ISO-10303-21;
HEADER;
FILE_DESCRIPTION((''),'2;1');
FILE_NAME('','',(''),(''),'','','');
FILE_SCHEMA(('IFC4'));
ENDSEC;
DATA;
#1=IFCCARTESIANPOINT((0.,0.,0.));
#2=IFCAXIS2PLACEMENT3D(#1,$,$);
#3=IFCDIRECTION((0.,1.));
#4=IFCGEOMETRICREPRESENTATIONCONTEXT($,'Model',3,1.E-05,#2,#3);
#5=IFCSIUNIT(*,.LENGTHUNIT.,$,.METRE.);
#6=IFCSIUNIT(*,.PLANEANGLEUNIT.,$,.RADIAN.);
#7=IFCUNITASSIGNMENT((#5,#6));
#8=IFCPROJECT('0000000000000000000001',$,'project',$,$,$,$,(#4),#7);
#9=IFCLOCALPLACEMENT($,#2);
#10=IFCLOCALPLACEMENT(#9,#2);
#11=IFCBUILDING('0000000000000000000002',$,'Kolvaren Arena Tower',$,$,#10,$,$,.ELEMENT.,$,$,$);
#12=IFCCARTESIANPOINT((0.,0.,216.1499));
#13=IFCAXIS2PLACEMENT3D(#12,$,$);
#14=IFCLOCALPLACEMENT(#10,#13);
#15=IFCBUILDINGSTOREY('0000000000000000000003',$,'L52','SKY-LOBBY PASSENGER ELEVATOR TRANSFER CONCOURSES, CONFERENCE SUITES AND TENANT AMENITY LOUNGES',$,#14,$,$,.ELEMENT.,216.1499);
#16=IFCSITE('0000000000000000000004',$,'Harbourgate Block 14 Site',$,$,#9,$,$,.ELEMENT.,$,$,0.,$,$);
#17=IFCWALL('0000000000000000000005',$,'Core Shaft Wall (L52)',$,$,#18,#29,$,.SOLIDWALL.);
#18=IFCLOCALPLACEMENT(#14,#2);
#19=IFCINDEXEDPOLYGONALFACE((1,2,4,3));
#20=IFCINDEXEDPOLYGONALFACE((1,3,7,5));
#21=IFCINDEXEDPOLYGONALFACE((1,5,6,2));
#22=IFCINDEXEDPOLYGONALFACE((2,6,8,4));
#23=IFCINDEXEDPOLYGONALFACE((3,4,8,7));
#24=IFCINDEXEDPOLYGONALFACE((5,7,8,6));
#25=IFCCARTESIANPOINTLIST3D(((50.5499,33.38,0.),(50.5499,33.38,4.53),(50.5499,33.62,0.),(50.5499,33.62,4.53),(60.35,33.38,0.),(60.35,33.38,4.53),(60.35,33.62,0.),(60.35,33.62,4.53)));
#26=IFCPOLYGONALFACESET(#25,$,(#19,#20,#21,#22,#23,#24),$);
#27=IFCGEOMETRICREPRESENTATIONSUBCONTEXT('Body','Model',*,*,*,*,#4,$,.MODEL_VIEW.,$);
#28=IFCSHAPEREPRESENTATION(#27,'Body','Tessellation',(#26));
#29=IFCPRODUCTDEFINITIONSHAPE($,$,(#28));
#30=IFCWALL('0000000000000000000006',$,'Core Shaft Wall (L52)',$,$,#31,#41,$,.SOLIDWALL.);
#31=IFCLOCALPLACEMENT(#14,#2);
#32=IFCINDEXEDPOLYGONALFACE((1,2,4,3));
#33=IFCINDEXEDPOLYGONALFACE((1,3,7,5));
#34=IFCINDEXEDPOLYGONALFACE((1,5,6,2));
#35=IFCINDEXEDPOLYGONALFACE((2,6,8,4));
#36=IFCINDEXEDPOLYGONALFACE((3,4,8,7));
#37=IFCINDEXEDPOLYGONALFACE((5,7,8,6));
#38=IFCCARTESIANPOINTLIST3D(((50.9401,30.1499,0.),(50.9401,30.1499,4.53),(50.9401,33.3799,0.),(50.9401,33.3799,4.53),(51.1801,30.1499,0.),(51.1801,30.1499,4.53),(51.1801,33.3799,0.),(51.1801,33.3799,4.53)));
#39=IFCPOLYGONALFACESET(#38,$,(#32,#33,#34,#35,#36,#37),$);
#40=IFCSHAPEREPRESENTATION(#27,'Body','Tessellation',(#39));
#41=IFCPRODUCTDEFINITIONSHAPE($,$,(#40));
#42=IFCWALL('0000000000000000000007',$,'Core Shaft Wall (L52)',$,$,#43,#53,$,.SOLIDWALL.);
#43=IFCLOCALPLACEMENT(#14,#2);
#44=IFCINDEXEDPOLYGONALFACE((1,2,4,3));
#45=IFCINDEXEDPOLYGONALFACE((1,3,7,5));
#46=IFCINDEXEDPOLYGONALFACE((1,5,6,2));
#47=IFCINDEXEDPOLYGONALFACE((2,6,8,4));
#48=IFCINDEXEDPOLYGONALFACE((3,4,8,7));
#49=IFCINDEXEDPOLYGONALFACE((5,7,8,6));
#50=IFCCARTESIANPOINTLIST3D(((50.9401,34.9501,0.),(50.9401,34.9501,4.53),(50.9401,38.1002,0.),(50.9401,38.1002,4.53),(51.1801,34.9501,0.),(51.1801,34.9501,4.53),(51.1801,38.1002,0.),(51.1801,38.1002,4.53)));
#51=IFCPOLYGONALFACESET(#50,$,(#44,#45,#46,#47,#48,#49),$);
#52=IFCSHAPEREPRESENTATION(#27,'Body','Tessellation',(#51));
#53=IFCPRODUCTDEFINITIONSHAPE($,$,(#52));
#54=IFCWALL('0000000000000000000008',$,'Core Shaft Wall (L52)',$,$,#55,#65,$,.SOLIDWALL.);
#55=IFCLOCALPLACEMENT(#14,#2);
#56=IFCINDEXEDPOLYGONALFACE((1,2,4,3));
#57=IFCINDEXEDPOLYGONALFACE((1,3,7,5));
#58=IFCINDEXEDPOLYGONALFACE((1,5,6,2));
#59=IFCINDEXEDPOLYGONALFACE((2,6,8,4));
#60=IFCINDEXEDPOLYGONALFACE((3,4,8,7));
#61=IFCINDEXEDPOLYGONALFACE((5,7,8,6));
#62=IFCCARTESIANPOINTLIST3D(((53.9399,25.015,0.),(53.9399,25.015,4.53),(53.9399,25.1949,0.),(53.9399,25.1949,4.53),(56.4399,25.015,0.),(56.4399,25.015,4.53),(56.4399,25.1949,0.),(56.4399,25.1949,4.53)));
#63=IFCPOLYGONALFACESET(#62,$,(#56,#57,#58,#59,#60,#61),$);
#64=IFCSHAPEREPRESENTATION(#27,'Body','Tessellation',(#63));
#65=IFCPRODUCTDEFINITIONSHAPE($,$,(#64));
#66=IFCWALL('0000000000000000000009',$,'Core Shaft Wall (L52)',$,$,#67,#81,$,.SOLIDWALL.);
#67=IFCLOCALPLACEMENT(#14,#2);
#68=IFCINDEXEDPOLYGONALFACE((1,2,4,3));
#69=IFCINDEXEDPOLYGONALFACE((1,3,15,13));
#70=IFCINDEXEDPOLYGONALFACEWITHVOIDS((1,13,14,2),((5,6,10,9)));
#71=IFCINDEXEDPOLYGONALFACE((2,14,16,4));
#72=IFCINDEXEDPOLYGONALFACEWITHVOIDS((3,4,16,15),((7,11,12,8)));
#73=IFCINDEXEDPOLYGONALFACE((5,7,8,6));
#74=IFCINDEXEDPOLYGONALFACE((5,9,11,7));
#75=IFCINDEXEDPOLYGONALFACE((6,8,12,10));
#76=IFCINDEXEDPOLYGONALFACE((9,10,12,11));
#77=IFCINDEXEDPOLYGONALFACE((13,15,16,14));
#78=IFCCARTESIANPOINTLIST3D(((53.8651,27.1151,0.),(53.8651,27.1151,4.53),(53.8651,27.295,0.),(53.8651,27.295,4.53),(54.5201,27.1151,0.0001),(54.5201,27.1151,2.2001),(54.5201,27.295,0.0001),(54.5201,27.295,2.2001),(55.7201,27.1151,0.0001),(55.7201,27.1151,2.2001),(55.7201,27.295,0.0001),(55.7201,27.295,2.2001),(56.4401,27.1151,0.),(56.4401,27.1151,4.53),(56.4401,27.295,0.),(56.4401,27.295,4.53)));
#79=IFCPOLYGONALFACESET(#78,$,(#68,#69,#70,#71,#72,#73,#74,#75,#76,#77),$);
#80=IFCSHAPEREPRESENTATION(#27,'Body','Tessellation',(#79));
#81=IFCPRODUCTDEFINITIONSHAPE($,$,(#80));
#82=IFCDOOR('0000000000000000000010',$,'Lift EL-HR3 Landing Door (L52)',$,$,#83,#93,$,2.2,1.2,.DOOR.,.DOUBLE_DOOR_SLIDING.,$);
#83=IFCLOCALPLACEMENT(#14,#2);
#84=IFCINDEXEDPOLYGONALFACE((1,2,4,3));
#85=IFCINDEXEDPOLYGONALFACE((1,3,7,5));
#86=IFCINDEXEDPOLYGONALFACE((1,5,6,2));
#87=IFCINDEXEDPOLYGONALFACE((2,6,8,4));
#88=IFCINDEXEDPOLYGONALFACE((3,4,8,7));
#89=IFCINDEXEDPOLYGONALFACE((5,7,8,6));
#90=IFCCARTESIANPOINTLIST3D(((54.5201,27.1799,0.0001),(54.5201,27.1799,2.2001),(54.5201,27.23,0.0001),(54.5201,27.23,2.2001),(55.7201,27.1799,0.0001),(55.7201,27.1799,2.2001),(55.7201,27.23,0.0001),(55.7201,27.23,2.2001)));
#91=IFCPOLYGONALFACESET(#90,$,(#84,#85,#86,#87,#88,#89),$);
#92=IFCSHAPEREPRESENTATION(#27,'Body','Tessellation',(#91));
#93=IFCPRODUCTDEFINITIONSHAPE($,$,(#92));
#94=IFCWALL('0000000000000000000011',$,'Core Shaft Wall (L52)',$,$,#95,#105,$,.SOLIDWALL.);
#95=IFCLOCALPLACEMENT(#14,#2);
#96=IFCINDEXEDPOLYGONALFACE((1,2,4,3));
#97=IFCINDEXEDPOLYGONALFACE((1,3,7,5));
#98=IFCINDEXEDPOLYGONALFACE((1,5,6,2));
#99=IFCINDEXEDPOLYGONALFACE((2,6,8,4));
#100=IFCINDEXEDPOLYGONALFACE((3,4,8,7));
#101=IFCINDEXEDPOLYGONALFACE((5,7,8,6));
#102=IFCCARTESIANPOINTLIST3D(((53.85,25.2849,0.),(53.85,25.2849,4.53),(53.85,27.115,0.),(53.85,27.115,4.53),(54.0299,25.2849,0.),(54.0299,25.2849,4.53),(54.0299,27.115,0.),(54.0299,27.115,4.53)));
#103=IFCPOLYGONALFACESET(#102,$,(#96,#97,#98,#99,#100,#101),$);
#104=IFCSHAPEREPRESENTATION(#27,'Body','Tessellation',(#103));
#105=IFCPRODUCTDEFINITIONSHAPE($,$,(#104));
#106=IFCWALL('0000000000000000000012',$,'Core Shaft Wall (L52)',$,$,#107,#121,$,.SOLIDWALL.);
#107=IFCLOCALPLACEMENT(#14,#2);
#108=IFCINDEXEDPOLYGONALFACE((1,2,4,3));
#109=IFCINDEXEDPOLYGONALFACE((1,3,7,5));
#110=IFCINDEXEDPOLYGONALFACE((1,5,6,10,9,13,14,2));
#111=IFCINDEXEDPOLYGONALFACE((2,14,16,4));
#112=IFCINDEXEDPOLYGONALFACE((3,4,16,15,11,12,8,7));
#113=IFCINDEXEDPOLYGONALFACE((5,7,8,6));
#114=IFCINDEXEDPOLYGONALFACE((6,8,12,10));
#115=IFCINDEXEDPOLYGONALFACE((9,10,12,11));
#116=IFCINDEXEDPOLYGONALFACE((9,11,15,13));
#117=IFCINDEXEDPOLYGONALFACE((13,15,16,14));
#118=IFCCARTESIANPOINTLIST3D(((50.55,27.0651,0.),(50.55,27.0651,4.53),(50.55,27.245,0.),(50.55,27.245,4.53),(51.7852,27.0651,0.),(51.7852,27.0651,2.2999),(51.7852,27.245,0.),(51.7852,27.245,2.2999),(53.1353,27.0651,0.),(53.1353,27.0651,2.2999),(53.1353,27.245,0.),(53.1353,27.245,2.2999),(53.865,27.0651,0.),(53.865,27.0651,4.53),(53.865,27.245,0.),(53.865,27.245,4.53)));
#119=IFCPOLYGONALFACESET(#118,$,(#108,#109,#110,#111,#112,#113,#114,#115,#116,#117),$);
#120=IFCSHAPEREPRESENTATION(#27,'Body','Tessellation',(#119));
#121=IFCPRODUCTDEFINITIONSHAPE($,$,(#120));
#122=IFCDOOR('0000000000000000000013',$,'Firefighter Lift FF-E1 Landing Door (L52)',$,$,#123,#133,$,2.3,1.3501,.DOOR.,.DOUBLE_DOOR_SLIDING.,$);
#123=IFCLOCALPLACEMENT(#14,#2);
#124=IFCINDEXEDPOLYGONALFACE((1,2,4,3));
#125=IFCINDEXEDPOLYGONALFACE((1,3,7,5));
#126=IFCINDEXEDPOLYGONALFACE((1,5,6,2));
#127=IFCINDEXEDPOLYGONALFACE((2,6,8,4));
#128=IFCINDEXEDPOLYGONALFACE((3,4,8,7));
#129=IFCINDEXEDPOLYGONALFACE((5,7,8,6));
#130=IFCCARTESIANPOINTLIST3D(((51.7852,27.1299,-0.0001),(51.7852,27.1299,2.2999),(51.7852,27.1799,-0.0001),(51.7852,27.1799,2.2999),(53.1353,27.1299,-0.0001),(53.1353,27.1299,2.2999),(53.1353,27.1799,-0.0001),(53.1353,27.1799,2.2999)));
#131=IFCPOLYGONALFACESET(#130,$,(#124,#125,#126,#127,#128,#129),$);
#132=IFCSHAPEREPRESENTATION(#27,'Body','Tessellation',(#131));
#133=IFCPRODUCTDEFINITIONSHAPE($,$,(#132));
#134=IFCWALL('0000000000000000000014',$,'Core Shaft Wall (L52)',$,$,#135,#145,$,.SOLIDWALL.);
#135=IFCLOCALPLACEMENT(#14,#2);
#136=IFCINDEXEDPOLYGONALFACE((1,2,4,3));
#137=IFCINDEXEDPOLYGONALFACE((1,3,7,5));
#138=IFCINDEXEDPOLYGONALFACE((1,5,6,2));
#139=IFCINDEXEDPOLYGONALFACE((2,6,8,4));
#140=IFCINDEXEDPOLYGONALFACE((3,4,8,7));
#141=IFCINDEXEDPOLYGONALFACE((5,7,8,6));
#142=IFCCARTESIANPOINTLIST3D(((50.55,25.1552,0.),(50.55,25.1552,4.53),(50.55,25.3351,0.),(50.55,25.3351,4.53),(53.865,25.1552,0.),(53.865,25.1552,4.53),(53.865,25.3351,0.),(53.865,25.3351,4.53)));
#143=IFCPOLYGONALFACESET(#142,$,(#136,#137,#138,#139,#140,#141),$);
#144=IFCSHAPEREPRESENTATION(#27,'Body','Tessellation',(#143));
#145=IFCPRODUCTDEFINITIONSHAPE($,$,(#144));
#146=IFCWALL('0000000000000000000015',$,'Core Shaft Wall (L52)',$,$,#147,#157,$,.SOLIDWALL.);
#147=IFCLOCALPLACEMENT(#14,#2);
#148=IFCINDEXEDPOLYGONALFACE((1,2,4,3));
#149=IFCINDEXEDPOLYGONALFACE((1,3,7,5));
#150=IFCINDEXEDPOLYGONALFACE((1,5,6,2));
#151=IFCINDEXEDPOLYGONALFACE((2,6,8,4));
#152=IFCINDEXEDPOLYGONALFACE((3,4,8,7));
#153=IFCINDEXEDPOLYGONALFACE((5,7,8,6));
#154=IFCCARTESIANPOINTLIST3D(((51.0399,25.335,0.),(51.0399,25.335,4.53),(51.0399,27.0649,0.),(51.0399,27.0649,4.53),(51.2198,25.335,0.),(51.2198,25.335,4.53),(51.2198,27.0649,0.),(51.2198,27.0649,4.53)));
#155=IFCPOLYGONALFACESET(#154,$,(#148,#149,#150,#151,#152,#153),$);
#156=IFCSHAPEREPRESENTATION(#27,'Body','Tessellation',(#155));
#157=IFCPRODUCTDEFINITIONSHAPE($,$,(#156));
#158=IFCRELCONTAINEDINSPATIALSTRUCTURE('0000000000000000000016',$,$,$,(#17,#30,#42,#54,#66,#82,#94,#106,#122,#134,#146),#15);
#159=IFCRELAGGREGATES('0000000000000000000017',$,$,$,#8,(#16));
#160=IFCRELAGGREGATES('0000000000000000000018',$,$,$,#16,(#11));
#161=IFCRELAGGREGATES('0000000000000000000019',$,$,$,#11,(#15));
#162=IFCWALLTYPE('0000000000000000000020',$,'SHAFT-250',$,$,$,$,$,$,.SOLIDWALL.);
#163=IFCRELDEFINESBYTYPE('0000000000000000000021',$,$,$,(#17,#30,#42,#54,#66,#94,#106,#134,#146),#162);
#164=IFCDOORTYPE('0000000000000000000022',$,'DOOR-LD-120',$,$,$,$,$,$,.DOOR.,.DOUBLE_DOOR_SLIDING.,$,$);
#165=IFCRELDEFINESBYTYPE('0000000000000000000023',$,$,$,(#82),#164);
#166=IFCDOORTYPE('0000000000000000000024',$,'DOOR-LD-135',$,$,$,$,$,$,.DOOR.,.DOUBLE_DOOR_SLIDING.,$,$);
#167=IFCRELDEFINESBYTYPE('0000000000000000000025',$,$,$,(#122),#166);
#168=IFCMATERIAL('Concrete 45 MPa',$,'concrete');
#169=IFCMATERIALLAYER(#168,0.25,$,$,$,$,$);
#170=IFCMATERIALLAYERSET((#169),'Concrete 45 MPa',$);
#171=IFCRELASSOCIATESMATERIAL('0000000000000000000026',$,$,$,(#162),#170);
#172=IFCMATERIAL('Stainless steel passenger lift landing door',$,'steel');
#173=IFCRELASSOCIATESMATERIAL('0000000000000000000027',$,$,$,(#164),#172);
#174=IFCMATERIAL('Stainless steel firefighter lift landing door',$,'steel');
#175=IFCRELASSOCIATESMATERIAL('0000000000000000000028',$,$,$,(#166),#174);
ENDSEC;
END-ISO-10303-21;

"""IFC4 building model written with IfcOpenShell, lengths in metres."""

from ifc_helpers import new_model, si_unit, direction, frame, frame_2d, origin, place, context, subcontext, project, spatial, rectangle, extrude, material, layer, layer_set, type_object, element, fill, save


model = new_model("IFC4")

# Units and contexts
model_context = context("Model", 3, precision=1e-05, world=origin(), true_north=direction((0.0, 1.0)))
body_context = subcontext(model_context, "Body", "Model", "MODEL_VIEW")
ifc_project = project(units=[si_unit("LENGTHUNIT", "METRE"), si_unit("PLANEANGLEUNIT", "RADIAN")], contexts=[model_context])

# Site, building, storey
site_placement = place(None, origin())
site = spatial("IfcSite", under=ifc_project, at=site_placement, Name="Harbourgate Block 14 Site", CompositionType="ELEMENT", RefElevation=0.0)
building_placement = place(site_placement, origin())
building = spatial("IfcBuilding", under=site, at=building_placement, Name="Kolvaren Arena Tower", CompositionType="ELEMENT")
storey_placement = place(building_placement, frame((0.0, 0.0, 216.1499)))
storey = spatial("IfcBuildingStorey", under=building, at=storey_placement, Name="L52", Description="SKY-LOBBY PASSENGER ELEVATOR TRANSFER CONCOURSES, CONFERENCE SUITES AND TENANT AMENITY LOUNGES", CompositionType="ELEMENT", Elevation=216.1499)

# Walls
ifc_material_1 = material(Name="Concrete 45 MPa", Category="concrete")
ifc_layer = layer(ifc_material_1, 0.25)
ifc_layer_set = layer_set([ifc_layer], Name="Concrete 45 MPa")
wall_type = type_object("IfcWallType", Name="SHAFT-250", PredefinedType="SOLIDWALL", material=ifc_layer_set)
wall_1_placement = place(storey_placement, frame((50.55, 33.5, 0.0), z_axis=(0.0, 0.0, 1.0), x_axis=(1.0, 0.0, 0.0)))
element("IfcWall", 1, at=wall_1_placement, inside=storey, type_object=wall_type, Name="Core Shaft Wall (L52)", PredefinedType="SOLIDWALL", context=body_context, shape_type="SweptSolid", body=[
    extrude(rectangle(XDim=9.8, YDim=0.24, at=frame_2d((4.8999, 0.0))), origin(), (0.0, 0.0, 1.0), 4.53),
])
wall_2_placement = place(storey_placement, frame((51.0601, 30.1499, 0.0), z_axis=(0.0, 0.0, 1.0), x_axis=(0.0, 1.0, 0.0)))
element("IfcWall", 2, at=wall_2_placement, inside=storey, type_object=wall_type, Name="Core Shaft Wall (L52)", PredefinedType="SOLIDWALL", context=body_context, shape_type="SweptSolid", body=[
    extrude(rectangle(XDim=3.23, YDim=0.24, at=frame_2d((1.615, 0.0))), origin(), (0.0, 0.0, 1.0), 4.53),
])
wall_3_placement = place(storey_placement, frame((51.0601, 34.95, 0.0), z_axis=(0.0, 0.0, 1.0), x_axis=(0.0, 1.0, 0.0)))
element("IfcWall", 3, at=wall_3_placement, inside=storey, type_object=wall_type, Name="Core Shaft Wall (L52)", PredefinedType="SOLIDWALL", context=body_context, shape_type="SweptSolid", body=[
    extrude(rectangle(XDim=3.1501, YDim=0.24, at=frame_2d((1.5752, 0.0))), origin(), (0.0, 0.0, 1.0), 4.53),
])
wall_4_placement = place(storey_placement, frame((53.9399, 25.105, 0.0), z_axis=(0.0, 0.0, 1.0), x_axis=(1.0, 0.0, 0.0)))
element("IfcWall", 4, at=wall_4_placement, inside=storey, type_object=wall_type, Name="Core Shaft Wall (L52)", PredefinedType="SOLIDWALL", context=body_context, shape_type="SweptSolid", body=[
    extrude(rectangle(XDim=2.5, YDim=0.1799, at=frame_2d((1.25, 0.0))), origin(), (0.0, 0.0, 1.0), 4.53),
])

# Wall, opening, door
wall_5_placement = place(storey_placement, frame((53.865, 27.2051, 0.0), z_axis=(0.0, 0.0, 1.0), x_axis=(1.0, 0.0, 0.0)))
wall_5 = element("IfcWall", 5, at=wall_5_placement, inside=storey, type_object=wall_type, Name="Core Shaft Wall (L52)", PredefinedType="SOLIDWALL", context=body_context, shape_type="SweptSolid", body=[
    extrude(rectangle(XDim=2.575, YDim=0.1799, at=frame_2d((1.2876, 0.0))), origin(), (0.0, 0.0, 1.0), 4.53),
])
opening_1_placement = place(wall_5_placement, frame((0.655, 0.0, 0.0)))
opening_1 = element("IfcOpeningElement", 6, at=opening_1_placement, cuts=wall_5, PredefinedType="OPENING", context=body_context, shape_type="SweptSolid", body=[
    extrude(rectangle(XDim=1.2, YDim=2.2, at=frame_2d((0.6001, 1.1001))), frame((0.0, 0.0999, 0.0), z_axis=(0.0, -1.0, 0.0), x_axis=(1.0, 0.0, 0.0)), (0.0, 0.0, 1.0), 0.2),
])
ifc_material_2 = material(Name="Stainless steel passenger lift landing door", Category="steel")
door_type_1 = type_object("IfcDoorType", Name="DOOR-LD-120", OperationType="DOUBLE_DOOR_SLIDING", PredefinedType="DOOR", material=ifc_material_2)
door_1_placement = place(opening_1_placement, origin())
door_1 = element("IfcDoor", 7, at=door_1_placement, inside=storey, type_object=door_type_1, Name="Lift EL-HR3 Landing Door (L52)", OperationType="DOUBLE_DOOR_SLIDING", OverallHeight=2.2, OverallWidth=1.2, PredefinedType="DOOR", context=body_context, shape_type="SweptSolid", body=[
    extrude(rectangle(XDim=1.2, YDim=2.2, at=frame_2d((0.6001, 1.1001))), frame((0.0, 0.0249, 0.0), z_axis=(0.0, -1.0, 0.0), x_axis=(1.0, 0.0, 0.0)), (0.0, 0.0, 1.0), 0.05),
])
fill(opening_1, door_1)

# Wall
wall_6_placement = place(storey_placement, frame((53.9399, 25.2849, 0.0), z_axis=(0.0, 0.0, 1.0), x_axis=(0.0, 1.0, 0.0)))
element("IfcWall", 8, at=wall_6_placement, inside=storey, type_object=wall_type, Name="Core Shaft Wall (L52)", PredefinedType="SOLIDWALL", context=body_context, shape_type="SweptSolid", body=[
    extrude(rectangle(XDim=1.8301, YDim=0.1799, at=frame_2d((0.915, 0.0))), origin(), (0.0, 0.0, 1.0), 4.53),
])

# Wall, opening, door
wall_7_placement = place(storey_placement, frame((50.55, 27.155, 0.0), z_axis=(0.0, 0.0, 1.0), x_axis=(1.0, 0.0, 0.0)))
wall_7 = element("IfcWall", 9, at=wall_7_placement, inside=storey, type_object=wall_type, Name="Core Shaft Wall (L52)", PredefinedType="SOLIDWALL", context=body_context, shape_type="SweptSolid", body=[
    extrude(rectangle(XDim=3.3149, YDim=0.1799, at=frame_2d((1.6575, 0.0))), origin(), (0.0, 0.0, 1.0), 4.53),
])
opening_2_placement = place(wall_7_placement, frame((1.2351, 0.0, 0.0)))
opening_2 = element("IfcOpeningElement", 10, at=opening_2_placement, cuts=wall_7, PredefinedType="OPENING", context=body_context, shape_type="SweptSolid", body=[
    extrude(rectangle(XDim=1.3501, YDim=2.3, at=frame_2d((0.675, 1.1499))), frame((0.0, 0.0999, 0.0), z_axis=(0.0, -1.0, 0.0), x_axis=(1.0, 0.0, 0.0)), (0.0, 0.0, 1.0), 0.2),
])
ifc_material_3 = material(Name="Stainless steel firefighter lift landing door", Category="steel")
door_type_2 = type_object("IfcDoorType", Name="DOOR-LD-135", OperationType="DOUBLE_DOOR_SLIDING", PredefinedType="DOOR", material=ifc_material_3)
door_2_placement = place(opening_2_placement, origin())
door_2 = element("IfcDoor", 11, at=door_2_placement, inside=storey, type_object=door_type_2, Name="Firefighter Lift FF-E1 Landing Door (L52)", OperationType="DOUBLE_DOOR_SLIDING", OverallHeight=2.3, OverallWidth=1.3501, PredefinedType="DOOR", context=body_context, shape_type="SweptSolid", body=[
    extrude(rectangle(XDim=1.3501, YDim=2.3, at=frame_2d((0.675, 1.1499))), frame((0.0, 0.0249, 0.0), z_axis=(0.0, -1.0, 0.0), x_axis=(1.0, 0.0, 0.0)), (0.0, 0.0, 1.0), 0.05),
])
fill(opening_2, door_2)

# Walls
wall_8_placement = place(storey_placement, frame((50.55, 25.2451, 0.0), z_axis=(0.0, 0.0, 1.0), x_axis=(1.0, 0.0, 0.0)))
element("IfcWall", 12, at=wall_8_placement, inside=storey, type_object=wall_type, Name="Core Shaft Wall (L52)", PredefinedType="SOLIDWALL", context=body_context, shape_type="SweptSolid", body=[
    extrude(rectangle(XDim=3.3149, YDim=0.1799, at=frame_2d((1.6575, 0.0))), origin(), (0.0, 0.0, 1.0), 4.53),
])
wall_9_placement = place(storey_placement, frame((51.1299, 25.335, 0.0), z_axis=(0.0, 0.0, 1.0), x_axis=(0.0, 1.0, 0.0)))
element("IfcWall", 13, at=wall_9_placement, inside=storey, type_object=wall_type, Name="Core Shaft Wall (L52)", PredefinedType="SOLIDWALL", context=body_context, shape_type="SweptSolid", body=[
    extrude(rectangle(XDim=1.73, YDim=0.1799, at=frame_2d((0.865, 0.0))), origin(), (0.0, 0.0, 1.0), 4.53),
])

save(model, "model.ifc")
